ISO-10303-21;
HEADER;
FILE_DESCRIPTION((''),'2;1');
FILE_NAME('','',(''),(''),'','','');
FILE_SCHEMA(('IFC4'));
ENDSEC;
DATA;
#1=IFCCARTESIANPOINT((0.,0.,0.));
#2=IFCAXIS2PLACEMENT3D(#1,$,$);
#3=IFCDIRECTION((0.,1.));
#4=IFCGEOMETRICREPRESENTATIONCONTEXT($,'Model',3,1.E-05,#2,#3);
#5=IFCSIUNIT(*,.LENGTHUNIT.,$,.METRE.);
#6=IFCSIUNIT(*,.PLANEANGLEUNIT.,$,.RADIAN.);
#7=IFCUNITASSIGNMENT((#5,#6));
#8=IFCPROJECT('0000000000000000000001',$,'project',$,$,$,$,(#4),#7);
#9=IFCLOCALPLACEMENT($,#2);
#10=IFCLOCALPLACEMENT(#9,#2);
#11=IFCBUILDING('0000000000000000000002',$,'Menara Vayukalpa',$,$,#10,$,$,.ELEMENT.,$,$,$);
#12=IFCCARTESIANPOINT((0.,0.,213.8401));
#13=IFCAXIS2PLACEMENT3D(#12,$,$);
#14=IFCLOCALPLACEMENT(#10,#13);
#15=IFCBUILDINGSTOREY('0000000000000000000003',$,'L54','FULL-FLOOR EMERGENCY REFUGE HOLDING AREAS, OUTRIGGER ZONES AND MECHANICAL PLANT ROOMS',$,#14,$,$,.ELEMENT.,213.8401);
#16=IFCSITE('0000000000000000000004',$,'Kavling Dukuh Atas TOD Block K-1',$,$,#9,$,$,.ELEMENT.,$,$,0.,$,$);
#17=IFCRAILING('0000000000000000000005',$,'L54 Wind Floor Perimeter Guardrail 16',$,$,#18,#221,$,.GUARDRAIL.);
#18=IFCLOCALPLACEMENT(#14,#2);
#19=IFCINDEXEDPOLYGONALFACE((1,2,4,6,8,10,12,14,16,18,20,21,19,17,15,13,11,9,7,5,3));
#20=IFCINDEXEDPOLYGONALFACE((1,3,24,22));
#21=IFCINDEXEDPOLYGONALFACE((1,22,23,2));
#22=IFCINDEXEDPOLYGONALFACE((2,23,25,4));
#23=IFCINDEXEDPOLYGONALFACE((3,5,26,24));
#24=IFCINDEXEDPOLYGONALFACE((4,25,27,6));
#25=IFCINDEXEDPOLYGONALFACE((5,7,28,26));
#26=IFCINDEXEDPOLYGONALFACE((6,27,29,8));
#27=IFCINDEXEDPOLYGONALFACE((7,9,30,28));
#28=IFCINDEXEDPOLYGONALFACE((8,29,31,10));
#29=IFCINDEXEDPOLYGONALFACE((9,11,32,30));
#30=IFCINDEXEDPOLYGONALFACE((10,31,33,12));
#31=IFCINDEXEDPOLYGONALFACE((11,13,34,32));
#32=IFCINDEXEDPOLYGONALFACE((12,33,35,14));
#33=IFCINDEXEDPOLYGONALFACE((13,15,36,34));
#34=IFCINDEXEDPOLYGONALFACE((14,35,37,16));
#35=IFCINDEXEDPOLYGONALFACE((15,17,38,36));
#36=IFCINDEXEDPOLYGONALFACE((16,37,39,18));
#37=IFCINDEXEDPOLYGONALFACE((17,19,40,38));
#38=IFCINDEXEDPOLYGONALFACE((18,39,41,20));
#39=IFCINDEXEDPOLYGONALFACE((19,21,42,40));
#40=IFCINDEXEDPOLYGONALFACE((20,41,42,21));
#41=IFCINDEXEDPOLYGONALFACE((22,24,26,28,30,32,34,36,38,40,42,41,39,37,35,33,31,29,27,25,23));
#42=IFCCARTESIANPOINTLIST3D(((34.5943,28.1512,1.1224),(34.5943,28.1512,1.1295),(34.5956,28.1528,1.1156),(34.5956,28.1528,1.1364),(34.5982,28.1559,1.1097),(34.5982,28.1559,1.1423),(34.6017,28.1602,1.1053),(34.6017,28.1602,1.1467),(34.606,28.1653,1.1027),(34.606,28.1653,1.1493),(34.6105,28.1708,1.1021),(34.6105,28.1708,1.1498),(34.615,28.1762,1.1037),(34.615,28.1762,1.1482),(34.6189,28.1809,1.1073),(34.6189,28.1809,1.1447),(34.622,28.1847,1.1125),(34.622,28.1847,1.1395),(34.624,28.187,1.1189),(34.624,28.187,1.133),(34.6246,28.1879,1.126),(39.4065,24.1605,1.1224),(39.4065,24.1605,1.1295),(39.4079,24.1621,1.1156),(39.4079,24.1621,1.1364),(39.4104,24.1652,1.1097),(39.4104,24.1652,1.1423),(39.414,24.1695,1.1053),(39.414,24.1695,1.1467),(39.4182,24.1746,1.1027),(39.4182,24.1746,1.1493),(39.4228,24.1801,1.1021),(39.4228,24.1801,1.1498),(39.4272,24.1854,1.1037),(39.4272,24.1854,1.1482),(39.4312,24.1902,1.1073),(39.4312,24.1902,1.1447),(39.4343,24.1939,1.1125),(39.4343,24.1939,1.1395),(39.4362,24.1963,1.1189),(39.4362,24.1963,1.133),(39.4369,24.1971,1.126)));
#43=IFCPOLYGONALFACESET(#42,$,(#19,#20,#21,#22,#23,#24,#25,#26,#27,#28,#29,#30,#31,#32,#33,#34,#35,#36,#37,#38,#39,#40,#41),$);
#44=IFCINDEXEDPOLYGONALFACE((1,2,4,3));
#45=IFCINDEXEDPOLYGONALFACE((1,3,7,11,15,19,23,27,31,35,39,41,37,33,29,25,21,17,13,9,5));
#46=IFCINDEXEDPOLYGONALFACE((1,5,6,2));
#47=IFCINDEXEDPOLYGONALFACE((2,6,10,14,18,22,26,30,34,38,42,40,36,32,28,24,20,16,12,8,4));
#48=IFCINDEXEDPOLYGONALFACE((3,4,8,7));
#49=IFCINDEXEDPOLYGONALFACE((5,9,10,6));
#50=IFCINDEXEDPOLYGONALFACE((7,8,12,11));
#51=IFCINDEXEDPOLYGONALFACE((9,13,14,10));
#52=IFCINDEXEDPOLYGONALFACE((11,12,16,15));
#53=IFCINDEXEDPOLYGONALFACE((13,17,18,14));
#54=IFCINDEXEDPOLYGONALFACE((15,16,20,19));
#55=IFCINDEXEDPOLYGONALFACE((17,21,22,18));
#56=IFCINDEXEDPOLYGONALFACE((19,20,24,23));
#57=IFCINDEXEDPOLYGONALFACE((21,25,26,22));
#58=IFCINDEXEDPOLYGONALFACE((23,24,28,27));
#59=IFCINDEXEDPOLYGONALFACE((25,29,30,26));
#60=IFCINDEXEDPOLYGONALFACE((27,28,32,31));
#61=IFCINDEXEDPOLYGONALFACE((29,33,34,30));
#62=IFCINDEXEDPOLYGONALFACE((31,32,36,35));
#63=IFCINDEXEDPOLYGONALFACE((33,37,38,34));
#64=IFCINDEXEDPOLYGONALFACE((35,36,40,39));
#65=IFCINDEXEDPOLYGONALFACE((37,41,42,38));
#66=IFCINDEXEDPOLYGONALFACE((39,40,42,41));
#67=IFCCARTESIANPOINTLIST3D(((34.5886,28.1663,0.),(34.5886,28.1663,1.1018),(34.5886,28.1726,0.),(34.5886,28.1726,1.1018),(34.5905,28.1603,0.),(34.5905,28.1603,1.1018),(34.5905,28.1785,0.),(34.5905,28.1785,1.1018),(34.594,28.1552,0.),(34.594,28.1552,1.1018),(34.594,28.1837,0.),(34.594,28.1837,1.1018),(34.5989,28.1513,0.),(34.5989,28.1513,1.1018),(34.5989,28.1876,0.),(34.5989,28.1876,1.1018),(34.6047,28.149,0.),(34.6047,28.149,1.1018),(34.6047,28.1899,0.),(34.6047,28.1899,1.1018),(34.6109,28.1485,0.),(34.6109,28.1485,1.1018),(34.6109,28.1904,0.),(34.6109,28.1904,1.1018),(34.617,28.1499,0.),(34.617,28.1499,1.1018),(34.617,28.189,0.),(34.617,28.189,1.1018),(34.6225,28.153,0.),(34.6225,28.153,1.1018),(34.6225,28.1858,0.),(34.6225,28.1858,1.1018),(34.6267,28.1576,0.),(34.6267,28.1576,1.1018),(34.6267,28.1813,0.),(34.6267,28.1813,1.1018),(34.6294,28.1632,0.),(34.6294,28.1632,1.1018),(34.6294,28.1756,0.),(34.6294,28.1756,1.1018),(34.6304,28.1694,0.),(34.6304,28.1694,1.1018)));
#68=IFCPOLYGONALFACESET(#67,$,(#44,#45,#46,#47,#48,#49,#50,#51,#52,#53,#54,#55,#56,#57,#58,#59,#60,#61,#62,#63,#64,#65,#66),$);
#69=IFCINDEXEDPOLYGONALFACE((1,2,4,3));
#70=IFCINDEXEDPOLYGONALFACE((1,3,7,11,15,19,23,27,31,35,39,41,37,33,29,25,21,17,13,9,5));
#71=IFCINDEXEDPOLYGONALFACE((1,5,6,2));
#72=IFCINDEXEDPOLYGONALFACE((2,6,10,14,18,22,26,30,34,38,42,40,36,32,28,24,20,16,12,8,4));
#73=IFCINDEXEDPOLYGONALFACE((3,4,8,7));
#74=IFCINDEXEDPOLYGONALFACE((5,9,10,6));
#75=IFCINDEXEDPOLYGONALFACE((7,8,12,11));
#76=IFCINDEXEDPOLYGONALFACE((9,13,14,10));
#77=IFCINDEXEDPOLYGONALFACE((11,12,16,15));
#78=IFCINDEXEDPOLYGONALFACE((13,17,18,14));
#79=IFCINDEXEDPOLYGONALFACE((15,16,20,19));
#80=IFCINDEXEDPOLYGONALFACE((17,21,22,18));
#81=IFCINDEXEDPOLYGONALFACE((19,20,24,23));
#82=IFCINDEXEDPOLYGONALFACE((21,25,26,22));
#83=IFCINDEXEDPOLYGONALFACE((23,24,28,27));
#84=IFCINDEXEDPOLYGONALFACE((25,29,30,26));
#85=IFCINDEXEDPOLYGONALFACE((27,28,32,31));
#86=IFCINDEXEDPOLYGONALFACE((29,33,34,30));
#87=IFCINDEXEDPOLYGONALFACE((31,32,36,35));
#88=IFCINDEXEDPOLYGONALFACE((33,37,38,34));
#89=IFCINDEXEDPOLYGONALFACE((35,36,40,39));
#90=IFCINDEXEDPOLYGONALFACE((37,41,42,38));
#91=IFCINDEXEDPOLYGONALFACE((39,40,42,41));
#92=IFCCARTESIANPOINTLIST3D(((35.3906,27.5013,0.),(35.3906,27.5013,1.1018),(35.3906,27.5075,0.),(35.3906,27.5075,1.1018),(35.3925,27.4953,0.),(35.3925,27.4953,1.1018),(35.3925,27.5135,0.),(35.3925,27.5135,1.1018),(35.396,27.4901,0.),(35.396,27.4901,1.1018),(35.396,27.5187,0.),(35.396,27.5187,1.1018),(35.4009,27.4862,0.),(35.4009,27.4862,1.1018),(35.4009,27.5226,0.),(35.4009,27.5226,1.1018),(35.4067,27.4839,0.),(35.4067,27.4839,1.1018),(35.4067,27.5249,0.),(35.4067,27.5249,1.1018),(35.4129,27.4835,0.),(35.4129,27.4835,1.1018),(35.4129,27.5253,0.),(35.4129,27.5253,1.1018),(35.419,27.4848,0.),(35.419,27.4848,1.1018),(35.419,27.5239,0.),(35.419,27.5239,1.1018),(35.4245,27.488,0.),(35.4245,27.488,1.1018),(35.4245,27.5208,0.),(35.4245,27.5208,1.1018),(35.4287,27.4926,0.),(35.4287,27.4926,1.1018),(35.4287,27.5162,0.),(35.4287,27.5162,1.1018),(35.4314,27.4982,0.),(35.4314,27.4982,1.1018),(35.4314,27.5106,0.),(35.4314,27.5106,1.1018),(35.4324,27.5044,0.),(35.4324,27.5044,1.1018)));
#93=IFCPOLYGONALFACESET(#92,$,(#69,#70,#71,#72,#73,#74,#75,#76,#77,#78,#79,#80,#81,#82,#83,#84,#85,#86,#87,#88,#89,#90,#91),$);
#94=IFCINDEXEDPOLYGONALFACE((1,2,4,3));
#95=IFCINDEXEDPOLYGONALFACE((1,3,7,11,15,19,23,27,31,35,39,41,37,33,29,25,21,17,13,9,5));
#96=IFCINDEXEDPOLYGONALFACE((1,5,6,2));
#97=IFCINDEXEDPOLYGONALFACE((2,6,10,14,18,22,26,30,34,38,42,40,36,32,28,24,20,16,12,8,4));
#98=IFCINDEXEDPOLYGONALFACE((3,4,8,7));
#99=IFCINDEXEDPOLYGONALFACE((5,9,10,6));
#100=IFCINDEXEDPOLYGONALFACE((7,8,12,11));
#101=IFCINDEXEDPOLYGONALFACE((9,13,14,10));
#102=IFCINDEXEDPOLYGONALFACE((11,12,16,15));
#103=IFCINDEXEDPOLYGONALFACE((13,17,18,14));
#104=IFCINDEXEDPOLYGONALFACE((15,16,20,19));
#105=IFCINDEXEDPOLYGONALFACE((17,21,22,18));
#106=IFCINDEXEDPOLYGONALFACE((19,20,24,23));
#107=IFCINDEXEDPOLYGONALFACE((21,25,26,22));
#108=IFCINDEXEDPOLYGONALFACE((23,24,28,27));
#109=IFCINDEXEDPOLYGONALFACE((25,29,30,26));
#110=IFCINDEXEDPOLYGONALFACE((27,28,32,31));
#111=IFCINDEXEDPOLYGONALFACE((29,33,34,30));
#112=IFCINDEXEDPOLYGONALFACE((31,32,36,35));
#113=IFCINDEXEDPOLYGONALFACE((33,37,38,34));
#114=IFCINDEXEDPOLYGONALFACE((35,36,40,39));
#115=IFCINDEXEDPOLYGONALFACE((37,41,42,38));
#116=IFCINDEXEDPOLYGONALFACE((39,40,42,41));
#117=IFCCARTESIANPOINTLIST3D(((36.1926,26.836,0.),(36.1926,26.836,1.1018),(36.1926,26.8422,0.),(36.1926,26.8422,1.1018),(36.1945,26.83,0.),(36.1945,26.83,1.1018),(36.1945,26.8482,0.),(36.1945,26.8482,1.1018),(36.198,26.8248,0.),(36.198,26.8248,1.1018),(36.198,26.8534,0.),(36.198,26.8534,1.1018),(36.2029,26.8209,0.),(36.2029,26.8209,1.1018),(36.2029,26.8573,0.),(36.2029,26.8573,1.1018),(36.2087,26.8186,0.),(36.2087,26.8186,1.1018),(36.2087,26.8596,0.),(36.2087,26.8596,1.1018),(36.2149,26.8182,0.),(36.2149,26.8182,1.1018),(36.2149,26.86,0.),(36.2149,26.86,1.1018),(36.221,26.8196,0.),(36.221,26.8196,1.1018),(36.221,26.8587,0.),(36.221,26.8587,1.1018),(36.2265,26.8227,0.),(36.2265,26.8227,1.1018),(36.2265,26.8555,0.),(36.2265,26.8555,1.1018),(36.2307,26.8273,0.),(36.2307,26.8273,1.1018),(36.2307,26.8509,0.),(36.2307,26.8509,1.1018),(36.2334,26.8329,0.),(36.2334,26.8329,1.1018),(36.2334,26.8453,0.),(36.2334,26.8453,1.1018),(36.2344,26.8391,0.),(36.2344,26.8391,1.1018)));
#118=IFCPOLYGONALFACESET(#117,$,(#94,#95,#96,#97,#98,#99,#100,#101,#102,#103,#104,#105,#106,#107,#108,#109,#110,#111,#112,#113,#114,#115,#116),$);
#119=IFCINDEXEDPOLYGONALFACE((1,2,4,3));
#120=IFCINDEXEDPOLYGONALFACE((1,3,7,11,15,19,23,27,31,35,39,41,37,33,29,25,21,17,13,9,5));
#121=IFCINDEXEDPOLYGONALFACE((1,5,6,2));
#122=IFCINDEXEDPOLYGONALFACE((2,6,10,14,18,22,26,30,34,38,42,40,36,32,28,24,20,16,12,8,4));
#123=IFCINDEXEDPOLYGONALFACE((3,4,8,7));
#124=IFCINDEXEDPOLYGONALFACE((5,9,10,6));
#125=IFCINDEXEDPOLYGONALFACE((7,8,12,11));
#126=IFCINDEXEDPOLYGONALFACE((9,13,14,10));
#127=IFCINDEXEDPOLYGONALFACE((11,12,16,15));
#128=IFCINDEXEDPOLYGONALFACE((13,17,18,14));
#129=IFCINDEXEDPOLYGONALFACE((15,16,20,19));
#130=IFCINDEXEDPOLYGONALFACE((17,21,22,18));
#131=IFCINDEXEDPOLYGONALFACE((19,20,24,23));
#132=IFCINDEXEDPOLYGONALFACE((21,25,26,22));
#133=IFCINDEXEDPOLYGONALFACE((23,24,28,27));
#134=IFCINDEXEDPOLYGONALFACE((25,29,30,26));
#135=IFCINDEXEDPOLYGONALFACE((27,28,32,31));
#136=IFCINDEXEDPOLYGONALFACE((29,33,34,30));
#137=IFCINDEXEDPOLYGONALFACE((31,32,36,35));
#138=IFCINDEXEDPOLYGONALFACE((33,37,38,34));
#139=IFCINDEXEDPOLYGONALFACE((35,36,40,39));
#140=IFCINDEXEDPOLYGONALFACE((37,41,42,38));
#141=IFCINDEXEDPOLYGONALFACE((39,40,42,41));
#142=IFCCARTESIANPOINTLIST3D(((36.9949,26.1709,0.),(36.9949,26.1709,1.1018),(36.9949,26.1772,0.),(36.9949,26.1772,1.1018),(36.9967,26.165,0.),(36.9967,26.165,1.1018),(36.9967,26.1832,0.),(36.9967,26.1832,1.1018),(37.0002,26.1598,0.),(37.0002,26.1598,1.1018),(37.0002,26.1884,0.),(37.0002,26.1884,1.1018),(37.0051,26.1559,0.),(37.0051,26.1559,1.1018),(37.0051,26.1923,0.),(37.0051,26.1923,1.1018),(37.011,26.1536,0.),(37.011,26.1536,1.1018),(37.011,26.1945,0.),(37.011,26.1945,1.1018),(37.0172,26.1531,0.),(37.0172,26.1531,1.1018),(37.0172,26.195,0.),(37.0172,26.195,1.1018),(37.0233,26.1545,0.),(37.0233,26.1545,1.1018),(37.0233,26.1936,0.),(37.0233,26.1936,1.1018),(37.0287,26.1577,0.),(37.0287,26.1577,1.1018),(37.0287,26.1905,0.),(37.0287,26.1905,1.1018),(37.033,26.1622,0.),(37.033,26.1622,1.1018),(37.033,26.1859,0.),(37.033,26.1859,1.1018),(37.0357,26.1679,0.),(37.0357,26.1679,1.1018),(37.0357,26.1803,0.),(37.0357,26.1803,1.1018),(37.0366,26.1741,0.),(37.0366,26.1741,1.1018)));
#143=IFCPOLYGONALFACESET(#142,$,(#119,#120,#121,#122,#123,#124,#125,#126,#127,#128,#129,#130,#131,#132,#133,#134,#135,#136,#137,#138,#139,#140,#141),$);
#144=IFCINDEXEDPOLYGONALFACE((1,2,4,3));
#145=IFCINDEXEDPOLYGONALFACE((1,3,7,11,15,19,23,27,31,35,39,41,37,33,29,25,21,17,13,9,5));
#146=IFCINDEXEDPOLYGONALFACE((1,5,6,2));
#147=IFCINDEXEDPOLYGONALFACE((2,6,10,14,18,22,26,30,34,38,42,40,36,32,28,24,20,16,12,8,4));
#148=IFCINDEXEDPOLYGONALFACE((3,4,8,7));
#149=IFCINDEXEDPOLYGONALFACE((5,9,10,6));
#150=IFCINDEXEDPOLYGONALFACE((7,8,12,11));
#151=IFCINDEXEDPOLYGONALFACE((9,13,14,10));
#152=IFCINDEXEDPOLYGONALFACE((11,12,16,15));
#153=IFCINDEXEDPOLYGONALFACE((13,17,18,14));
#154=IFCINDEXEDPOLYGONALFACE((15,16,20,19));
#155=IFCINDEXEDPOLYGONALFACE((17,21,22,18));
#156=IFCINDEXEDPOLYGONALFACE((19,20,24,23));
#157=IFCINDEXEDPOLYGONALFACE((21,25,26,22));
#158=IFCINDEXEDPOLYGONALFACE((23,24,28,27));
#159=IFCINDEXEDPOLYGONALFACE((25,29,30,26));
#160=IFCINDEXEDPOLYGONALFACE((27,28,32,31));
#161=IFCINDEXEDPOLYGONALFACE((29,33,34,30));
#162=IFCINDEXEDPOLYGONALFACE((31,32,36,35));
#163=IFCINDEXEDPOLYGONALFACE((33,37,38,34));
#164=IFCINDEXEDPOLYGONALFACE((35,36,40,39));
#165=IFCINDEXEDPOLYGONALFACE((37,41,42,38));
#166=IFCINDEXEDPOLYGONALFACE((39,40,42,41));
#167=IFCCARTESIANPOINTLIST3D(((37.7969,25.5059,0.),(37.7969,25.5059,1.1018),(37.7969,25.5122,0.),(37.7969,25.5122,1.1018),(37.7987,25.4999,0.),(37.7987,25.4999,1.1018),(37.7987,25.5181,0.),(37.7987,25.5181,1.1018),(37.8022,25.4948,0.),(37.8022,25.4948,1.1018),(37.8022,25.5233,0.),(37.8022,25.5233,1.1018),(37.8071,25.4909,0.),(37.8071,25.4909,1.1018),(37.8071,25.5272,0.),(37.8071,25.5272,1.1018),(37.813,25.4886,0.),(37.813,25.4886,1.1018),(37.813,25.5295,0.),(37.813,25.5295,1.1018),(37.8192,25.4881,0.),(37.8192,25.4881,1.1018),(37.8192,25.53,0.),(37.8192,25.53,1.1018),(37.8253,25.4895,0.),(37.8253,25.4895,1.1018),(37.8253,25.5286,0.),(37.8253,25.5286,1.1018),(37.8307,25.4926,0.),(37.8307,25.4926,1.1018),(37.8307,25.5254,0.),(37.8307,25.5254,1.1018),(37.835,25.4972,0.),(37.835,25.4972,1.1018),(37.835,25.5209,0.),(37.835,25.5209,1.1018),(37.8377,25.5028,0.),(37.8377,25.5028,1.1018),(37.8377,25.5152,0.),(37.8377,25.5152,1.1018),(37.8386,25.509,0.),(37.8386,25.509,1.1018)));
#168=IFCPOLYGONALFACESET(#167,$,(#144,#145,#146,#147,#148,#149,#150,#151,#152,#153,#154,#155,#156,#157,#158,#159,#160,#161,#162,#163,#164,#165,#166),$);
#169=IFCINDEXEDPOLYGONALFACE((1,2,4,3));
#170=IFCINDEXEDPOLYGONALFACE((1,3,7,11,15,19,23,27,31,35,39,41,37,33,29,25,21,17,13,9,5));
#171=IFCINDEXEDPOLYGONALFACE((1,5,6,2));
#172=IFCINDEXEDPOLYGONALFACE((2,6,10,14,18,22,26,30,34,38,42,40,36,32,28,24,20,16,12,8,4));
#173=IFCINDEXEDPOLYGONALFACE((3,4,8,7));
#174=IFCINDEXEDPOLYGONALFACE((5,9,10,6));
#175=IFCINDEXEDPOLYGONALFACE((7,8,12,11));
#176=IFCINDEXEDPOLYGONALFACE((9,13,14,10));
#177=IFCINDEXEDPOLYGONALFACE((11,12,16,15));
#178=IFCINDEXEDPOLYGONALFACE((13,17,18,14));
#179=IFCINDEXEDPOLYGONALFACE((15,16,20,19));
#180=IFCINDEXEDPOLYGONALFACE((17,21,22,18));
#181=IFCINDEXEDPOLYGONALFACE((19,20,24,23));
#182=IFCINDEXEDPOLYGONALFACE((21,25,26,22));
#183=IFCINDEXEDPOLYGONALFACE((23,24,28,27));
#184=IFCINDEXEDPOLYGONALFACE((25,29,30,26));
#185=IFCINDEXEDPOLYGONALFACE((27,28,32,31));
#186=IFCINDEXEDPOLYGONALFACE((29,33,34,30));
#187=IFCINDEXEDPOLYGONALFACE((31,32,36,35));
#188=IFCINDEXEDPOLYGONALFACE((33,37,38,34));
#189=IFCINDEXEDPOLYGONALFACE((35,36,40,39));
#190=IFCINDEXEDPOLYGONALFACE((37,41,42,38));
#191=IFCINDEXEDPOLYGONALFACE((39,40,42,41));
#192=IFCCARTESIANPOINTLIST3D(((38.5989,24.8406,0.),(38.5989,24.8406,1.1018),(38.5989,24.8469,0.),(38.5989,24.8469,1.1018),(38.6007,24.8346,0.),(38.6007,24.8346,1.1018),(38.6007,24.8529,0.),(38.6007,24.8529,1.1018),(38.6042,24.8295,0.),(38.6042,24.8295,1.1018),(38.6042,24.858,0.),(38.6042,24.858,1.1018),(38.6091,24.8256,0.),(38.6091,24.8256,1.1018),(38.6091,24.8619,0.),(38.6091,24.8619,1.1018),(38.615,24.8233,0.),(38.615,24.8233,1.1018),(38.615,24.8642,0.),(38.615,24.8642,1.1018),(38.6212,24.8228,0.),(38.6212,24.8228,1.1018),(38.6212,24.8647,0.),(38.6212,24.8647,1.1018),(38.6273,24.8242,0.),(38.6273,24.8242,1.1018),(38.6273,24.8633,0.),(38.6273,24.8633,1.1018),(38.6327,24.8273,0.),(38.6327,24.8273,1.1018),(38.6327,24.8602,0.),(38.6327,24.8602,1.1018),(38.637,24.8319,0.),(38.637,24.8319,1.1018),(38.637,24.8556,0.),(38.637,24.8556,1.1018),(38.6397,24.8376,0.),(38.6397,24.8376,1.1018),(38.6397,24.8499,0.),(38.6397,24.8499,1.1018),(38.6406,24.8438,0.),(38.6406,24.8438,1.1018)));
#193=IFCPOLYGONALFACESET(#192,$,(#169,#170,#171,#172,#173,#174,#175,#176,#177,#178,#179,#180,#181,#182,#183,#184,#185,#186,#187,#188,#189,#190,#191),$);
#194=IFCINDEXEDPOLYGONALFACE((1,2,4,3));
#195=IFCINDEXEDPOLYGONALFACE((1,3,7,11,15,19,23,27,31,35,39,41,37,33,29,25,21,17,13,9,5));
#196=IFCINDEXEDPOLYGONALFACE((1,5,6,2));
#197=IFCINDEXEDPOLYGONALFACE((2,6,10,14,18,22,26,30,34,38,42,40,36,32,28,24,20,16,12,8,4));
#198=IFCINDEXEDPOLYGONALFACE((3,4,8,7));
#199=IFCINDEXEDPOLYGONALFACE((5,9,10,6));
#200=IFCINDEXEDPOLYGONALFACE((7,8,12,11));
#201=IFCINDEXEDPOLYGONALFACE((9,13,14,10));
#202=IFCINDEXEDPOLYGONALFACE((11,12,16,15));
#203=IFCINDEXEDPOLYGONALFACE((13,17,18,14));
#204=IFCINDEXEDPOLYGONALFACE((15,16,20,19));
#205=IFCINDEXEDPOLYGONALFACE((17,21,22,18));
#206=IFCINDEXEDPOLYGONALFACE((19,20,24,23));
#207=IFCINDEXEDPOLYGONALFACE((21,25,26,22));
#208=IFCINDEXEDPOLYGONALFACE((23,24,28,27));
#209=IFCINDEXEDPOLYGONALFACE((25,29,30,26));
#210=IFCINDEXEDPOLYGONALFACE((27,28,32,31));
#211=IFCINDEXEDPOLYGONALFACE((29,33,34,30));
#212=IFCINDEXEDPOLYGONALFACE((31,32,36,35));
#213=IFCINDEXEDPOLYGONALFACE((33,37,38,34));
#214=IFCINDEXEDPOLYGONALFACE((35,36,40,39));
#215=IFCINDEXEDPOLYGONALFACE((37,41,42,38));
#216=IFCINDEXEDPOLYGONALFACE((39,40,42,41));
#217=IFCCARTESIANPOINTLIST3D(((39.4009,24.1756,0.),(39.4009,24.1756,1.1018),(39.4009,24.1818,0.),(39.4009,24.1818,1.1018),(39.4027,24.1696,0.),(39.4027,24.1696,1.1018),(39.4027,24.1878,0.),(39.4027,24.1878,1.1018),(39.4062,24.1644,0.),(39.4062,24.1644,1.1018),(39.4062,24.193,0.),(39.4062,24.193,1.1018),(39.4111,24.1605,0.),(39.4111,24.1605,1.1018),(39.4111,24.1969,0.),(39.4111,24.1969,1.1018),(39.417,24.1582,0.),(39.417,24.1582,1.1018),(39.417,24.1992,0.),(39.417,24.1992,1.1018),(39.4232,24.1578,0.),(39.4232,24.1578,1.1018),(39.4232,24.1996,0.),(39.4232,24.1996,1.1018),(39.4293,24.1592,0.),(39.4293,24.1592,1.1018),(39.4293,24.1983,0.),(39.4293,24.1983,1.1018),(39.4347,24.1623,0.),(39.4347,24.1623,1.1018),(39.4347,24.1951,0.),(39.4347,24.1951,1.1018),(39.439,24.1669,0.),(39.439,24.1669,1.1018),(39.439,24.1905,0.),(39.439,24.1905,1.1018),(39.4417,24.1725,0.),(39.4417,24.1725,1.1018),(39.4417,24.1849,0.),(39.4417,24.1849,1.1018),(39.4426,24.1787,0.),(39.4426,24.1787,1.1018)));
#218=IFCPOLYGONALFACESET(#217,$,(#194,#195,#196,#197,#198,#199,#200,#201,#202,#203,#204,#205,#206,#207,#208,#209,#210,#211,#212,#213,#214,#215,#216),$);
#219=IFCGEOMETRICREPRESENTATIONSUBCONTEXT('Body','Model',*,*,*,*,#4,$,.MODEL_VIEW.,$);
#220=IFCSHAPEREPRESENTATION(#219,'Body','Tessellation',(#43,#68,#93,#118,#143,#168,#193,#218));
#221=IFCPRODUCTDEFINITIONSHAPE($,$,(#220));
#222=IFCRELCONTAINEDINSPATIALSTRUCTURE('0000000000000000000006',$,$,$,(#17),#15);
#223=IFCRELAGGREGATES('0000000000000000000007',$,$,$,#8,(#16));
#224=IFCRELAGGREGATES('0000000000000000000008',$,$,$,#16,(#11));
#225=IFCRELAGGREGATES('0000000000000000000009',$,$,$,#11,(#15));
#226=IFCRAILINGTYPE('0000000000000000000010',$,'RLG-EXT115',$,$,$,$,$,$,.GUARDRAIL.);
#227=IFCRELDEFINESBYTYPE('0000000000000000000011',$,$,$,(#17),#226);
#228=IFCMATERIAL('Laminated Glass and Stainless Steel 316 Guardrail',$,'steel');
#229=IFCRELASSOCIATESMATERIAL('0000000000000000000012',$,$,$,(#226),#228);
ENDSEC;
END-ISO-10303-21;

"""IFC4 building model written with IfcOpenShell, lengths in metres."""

from ifc_helpers import new_model, si_unit, direction, frame, origin, origin_2d, place, context, subcontext, project, spatial, circle, extrude, material, type_object, element, save


model = new_model("IFC4")

# Units and contexts
model_context = context("Model", 3, precision=1e-05, world=origin(), true_north=direction((0.0, 1.0)))
body_context = subcontext(model_context, "Body", "Model", "MODEL_VIEW")
ifc_project = project(units=[si_unit("LENGTHUNIT", "METRE"), si_unit("PLANEANGLEUNIT", "RADIAN")], contexts=[model_context])

# Site, building, storey
site_placement = place(None, origin())
site = spatial("IfcSite", under=ifc_project, at=site_placement, Name="Kavling Dukuh Atas TOD Block K-1", CompositionType="ELEMENT", RefElevation=0.0)
building_placement = place(site_placement, origin())
building = spatial("IfcBuilding", under=site, at=building_placement, Name="Menara Vayukalpa", CompositionType="ELEMENT")
storey_placement = place(building_placement, frame((0.0, 0.0, 213.8401)))
storey = spatial("IfcBuildingStorey", under=building, at=storey_placement, Name="L54", Description="FULL-FLOOR EMERGENCY REFUGE HOLDING AREAS, OUTRIGGER ZONES AND MECHANICAL PLANT ROOMS", CompositionType="ELEMENT", Elevation=213.8401)

# Railing
ifc_material_1 = material(Name="Laminated Glass and Stainless Steel 316 Guardrail", Category="steel")
railing_type_1 = type_object("IfcRailingType", Name="RLG-EXT115", PredefinedType="GUARDRAIL", material=ifc_material_1)
railing_1_placement = place(storey_placement, frame((34.6094, 28.1694, 0.0)))
element("IfcRailing", 1, at=railing_1_placement, inside=storey, type_object=railing_type_1, Name="L54 Wind Floor Perimeter Guardrail 16", PredefinedType="GUARDRAIL", context=body_context, shape_type="SweptSolid", body=[
    extrude(circle(Radius=0.0239, at=origin_2d()), frame((0.0, 0.0, 1.126), z_axis=(0.769752, -0.638343, 0.0), x_axis=(0.638343, 0.769752, 0.0)), (0.0, 0.0, 1.0), 6.2517),
    extrude(circle(Radius=0.021, at=origin_2d()), origin(), (0.0, 0.0, 1.0), 1.1018),
    extrude(circle(Radius=0.021, at=origin_2d()), frame((0.802, -0.665, 0.0)), (0.0, 0.0, 1.0), 1.1018),
    extrude(circle(Radius=0.021, at=origin_2d()), frame((1.604, -1.3303, 0.0)), (0.0, 0.0, 1.0), 1.1018),
    extrude(circle(Radius=0.021, at=origin_2d()), frame((2.4062, -1.9954, 0.0)), (0.0, 0.0, 1.0), 1.1018),
    extrude(circle(Radius=0.021, at=origin_2d()), frame((3.2083, -2.6604, 0.0)), (0.0, 0.0, 1.0), 1.1018),
    extrude(circle(Radius=0.021, at=origin_2d()), frame((4.0103, -3.3257, 0.0)), (0.0, 0.0, 1.0), 1.1018),
    extrude(circle(Radius=0.021, at=origin_2d()), frame((4.8123, -3.9907, 0.0)), (0.0, 0.0, 1.0), 1.1018),
])

save(model, "model.ifc")
